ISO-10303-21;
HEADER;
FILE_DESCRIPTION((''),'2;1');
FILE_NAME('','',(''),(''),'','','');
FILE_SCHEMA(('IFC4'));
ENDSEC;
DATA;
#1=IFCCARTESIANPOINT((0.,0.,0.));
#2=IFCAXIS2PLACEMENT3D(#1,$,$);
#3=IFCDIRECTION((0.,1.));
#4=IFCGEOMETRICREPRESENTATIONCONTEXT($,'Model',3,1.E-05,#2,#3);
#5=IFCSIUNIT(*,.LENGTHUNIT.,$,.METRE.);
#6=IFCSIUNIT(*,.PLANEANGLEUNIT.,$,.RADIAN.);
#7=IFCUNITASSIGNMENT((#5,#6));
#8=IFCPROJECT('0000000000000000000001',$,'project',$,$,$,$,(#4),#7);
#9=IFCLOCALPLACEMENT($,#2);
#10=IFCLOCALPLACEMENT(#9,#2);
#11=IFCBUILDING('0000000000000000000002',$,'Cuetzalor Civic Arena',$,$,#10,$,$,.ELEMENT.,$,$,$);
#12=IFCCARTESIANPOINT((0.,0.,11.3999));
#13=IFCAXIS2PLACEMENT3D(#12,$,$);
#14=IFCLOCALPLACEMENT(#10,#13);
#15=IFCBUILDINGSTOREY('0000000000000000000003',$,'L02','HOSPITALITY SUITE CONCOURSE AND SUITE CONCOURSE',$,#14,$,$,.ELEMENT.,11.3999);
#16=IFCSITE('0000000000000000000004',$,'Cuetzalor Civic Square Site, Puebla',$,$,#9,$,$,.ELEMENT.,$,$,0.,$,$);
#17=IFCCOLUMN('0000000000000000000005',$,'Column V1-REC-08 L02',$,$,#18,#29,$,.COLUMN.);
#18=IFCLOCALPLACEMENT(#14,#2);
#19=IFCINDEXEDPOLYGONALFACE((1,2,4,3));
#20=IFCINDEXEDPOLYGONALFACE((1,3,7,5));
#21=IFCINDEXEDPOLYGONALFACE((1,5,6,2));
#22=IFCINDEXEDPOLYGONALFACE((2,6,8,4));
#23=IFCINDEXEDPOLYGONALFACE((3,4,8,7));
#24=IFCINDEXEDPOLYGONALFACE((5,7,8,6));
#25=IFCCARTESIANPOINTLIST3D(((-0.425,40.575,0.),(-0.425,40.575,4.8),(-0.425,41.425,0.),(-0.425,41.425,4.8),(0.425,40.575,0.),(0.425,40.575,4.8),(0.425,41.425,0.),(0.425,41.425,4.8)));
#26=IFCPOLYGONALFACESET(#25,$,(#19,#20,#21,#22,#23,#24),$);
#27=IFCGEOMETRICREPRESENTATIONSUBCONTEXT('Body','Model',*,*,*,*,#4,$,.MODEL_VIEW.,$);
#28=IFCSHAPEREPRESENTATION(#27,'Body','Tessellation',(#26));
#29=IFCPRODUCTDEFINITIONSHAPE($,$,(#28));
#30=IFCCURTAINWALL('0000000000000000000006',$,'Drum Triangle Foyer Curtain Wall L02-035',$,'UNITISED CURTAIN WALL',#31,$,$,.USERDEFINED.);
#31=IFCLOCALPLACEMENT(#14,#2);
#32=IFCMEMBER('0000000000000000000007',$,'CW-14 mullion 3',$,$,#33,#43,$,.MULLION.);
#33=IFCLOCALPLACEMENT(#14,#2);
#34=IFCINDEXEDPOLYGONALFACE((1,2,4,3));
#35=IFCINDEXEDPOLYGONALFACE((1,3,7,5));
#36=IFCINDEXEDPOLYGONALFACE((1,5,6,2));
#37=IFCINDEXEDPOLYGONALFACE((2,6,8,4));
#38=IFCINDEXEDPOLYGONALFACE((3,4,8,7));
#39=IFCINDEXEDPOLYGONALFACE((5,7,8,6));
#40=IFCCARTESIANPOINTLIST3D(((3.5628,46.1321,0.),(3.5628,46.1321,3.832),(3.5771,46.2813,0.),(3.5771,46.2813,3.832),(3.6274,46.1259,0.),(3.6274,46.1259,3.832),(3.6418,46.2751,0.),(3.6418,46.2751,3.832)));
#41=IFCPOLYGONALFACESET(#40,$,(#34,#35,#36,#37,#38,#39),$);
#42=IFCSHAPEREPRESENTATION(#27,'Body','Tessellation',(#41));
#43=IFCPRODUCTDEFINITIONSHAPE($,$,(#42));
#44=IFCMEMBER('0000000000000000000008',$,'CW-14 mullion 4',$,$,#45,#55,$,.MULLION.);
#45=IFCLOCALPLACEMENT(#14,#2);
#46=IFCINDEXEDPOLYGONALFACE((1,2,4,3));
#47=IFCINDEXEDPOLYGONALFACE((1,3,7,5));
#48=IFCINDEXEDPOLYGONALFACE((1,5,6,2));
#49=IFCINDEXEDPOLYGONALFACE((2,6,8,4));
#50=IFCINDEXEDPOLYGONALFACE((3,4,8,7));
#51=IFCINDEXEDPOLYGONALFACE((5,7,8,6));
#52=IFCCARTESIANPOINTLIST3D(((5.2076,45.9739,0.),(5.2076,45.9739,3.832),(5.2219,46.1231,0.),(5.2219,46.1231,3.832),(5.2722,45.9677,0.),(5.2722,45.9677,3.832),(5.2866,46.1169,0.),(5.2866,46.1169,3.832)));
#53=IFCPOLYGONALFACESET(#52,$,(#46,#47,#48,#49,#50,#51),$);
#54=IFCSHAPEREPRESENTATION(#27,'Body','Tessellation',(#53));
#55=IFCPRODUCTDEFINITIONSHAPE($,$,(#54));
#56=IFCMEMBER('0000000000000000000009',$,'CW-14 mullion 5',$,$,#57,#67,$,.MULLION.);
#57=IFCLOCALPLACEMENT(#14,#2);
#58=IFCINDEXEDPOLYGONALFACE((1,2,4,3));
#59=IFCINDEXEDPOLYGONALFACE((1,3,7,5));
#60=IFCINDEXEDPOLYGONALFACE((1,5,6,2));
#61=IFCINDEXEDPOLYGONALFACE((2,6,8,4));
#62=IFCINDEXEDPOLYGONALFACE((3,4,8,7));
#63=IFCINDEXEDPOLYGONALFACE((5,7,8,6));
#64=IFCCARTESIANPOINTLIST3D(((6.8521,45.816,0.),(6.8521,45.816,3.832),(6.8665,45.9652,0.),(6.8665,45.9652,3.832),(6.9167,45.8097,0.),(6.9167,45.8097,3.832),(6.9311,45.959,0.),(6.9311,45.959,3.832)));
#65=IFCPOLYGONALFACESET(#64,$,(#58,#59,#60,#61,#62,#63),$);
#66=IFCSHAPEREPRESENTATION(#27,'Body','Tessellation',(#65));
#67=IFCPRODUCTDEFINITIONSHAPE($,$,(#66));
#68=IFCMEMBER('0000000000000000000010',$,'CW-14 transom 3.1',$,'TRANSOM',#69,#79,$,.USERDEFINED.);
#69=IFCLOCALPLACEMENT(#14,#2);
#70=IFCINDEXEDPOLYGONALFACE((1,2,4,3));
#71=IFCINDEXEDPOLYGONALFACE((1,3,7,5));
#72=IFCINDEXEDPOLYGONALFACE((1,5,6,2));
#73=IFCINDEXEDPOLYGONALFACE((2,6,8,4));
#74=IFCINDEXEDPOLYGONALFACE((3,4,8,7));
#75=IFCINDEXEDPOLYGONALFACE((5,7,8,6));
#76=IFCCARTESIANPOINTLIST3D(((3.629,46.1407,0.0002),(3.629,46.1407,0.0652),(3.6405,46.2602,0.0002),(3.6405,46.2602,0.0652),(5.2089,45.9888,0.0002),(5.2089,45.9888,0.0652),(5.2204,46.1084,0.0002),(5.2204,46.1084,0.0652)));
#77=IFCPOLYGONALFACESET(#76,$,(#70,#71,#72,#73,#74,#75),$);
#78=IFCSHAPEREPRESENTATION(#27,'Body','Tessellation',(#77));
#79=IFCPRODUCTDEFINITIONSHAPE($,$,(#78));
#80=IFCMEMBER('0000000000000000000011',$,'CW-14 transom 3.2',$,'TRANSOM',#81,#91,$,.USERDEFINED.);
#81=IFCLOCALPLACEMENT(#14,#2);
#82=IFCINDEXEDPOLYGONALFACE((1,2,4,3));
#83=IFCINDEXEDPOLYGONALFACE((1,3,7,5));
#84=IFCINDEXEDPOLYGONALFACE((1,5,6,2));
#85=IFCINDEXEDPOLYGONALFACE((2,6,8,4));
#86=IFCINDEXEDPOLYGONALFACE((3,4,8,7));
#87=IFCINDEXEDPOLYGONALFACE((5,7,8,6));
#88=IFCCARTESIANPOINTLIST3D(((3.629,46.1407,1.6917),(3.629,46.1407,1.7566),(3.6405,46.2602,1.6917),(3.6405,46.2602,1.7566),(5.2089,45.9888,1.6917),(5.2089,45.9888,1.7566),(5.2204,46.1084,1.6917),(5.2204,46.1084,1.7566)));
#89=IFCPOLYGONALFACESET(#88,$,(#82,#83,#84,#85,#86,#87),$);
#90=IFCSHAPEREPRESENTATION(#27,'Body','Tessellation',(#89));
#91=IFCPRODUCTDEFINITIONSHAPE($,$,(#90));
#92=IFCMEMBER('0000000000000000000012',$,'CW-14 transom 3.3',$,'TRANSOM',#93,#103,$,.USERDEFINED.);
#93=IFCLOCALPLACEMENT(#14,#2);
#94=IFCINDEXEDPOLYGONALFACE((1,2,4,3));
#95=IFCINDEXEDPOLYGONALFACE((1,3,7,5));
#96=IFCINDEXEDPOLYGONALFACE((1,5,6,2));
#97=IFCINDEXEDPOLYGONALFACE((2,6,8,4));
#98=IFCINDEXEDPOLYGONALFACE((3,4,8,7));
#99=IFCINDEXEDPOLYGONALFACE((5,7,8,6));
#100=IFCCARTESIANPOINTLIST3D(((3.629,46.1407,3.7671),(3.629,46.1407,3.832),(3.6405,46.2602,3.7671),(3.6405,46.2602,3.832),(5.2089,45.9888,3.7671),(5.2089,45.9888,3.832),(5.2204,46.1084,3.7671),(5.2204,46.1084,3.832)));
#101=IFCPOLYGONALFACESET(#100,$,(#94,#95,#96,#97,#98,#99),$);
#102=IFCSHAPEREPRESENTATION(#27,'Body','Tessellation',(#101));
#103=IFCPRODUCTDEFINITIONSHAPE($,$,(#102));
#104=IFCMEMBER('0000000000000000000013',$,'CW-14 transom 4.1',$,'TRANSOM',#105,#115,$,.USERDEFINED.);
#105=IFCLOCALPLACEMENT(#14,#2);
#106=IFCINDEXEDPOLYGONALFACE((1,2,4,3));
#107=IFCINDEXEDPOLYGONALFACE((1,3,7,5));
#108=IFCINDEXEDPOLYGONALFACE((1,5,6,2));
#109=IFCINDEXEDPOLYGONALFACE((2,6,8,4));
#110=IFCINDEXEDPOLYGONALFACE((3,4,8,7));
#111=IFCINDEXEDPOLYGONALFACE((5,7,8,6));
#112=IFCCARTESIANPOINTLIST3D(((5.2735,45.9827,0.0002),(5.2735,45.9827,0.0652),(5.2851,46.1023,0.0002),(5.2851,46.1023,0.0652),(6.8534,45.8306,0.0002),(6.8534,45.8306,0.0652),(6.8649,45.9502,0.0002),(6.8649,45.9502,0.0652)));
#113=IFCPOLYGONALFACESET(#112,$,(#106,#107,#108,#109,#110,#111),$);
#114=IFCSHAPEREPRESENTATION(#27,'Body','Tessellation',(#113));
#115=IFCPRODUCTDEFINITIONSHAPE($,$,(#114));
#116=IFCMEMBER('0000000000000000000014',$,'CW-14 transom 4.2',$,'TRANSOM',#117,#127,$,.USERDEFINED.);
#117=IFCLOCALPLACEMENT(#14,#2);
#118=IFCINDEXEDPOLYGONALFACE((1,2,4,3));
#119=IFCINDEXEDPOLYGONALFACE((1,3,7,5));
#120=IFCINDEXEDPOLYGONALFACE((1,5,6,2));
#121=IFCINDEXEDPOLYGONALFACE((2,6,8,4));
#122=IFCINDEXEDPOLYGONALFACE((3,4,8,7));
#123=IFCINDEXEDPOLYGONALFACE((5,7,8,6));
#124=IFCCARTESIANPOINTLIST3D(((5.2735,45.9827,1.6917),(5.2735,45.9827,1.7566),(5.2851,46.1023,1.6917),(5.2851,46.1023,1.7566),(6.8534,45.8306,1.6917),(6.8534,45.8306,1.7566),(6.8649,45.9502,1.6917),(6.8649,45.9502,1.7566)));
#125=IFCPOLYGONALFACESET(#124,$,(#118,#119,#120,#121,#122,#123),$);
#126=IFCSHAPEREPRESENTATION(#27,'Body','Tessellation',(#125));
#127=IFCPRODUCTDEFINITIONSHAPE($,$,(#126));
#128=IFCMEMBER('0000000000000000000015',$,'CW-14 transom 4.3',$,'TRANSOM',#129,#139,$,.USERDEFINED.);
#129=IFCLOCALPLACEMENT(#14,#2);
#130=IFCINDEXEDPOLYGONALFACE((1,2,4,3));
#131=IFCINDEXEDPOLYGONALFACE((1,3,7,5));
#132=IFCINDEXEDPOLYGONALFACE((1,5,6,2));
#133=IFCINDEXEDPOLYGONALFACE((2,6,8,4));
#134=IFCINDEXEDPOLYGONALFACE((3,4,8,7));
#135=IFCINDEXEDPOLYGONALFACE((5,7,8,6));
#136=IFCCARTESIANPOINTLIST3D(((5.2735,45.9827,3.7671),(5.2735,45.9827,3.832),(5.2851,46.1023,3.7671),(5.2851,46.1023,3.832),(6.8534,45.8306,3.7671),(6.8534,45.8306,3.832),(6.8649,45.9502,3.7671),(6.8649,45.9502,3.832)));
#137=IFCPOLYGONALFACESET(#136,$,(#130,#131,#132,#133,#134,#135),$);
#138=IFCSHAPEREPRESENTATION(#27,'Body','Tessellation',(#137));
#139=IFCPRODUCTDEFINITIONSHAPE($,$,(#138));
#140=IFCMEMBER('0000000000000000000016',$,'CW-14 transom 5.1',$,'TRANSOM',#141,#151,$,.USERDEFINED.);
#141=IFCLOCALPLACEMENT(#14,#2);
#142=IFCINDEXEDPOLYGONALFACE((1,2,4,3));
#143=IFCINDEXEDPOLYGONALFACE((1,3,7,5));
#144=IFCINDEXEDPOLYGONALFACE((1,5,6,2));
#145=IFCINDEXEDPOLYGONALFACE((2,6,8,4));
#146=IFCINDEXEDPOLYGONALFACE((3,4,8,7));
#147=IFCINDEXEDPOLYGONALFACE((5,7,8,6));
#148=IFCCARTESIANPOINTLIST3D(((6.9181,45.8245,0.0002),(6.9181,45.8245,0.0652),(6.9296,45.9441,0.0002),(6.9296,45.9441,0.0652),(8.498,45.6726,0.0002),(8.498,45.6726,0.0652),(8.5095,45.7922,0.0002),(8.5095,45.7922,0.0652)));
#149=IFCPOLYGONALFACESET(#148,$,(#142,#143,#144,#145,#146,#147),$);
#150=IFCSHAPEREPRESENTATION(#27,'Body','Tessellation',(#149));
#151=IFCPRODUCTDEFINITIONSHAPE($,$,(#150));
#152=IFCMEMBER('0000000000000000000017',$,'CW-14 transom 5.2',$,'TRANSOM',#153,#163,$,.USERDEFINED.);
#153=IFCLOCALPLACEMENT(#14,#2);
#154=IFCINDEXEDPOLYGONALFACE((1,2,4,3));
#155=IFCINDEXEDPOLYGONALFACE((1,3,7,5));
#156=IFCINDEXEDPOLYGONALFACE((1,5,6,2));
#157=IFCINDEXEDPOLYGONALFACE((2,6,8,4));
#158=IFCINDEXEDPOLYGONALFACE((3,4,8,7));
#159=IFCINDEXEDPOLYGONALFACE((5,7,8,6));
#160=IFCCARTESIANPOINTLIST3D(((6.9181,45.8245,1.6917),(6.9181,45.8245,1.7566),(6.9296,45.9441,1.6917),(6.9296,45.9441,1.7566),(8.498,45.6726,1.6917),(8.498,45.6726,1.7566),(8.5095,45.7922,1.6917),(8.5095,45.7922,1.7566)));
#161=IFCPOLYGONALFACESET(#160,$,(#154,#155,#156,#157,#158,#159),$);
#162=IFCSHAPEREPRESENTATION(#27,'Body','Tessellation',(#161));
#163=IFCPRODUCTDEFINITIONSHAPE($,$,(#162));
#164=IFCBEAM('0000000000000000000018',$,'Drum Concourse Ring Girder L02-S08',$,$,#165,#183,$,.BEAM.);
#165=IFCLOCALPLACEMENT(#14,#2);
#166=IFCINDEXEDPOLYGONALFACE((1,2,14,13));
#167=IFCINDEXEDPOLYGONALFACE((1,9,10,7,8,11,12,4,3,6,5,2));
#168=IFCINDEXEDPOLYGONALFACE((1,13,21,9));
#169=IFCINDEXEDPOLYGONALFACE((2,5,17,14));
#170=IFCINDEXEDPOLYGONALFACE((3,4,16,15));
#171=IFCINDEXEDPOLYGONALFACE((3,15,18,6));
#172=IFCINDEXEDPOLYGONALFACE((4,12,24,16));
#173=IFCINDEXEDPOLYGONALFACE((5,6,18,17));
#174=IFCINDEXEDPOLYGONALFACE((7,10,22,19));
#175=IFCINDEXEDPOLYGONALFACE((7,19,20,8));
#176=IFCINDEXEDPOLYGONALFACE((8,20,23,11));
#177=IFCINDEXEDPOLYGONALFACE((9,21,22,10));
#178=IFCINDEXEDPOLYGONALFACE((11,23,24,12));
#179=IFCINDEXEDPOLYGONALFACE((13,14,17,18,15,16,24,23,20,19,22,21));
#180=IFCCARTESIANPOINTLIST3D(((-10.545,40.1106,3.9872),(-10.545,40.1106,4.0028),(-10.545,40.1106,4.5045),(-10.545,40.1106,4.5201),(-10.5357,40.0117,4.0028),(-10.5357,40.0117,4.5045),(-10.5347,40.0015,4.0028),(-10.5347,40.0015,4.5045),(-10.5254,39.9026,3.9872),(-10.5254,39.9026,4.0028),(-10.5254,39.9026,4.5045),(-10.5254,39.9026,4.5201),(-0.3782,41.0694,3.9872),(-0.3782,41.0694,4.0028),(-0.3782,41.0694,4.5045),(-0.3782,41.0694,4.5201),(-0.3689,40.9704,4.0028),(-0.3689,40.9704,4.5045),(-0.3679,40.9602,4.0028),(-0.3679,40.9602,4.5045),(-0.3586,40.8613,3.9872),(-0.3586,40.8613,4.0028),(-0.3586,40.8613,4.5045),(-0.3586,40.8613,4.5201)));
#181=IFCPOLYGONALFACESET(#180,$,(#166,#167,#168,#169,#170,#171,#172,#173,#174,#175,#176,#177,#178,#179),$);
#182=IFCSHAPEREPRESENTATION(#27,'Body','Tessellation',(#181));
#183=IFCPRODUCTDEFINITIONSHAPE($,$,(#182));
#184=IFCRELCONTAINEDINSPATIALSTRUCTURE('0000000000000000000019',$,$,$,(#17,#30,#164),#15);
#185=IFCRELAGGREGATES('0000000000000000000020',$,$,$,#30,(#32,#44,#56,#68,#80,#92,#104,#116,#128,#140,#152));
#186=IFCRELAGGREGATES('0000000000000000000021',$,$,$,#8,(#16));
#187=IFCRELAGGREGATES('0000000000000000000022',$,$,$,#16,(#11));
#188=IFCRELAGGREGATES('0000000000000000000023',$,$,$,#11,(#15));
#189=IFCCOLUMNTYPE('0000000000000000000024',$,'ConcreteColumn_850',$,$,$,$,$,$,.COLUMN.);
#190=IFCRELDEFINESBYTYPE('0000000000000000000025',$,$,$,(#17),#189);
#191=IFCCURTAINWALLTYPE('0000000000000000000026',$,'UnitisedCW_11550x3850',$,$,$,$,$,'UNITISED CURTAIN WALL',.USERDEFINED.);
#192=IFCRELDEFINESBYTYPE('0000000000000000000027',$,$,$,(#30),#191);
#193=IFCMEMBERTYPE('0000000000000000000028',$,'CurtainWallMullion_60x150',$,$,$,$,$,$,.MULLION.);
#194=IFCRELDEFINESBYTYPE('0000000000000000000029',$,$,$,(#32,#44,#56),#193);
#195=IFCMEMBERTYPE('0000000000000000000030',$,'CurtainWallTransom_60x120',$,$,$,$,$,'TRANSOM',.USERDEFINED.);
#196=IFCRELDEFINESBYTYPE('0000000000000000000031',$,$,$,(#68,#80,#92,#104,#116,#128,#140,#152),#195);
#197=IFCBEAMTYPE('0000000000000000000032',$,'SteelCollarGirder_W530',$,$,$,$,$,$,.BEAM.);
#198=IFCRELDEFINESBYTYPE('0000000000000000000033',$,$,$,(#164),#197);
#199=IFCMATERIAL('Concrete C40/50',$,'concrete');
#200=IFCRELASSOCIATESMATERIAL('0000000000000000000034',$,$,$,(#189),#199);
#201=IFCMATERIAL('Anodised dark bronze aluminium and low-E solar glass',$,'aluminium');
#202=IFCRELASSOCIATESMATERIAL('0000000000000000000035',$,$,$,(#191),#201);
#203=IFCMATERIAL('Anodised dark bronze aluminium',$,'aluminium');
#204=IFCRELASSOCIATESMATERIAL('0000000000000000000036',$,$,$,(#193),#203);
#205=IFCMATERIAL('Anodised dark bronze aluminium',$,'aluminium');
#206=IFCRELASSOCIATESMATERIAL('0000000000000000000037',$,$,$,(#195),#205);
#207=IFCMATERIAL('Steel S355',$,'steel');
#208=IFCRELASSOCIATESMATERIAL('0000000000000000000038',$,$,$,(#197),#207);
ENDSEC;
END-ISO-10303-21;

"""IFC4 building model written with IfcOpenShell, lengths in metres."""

from ifc_helpers import new_model, si_unit, direction, frame, origin, origin_2d, place, context, subcontext, project, spatial, rectangle, i_section, extrude, material, material_profile, profile_set, type_object, element, aggregate, save


model = new_model("IFC4")

# Units and contexts
model_context = context("Model", 3, precision=1e-05, world=origin(), true_north=direction((0.0, 1.0)))
body_context = subcontext(model_context, "Body", "Model", "MODEL_VIEW")
ifc_project = project(units=[si_unit("LENGTHUNIT", "METRE"), si_unit("PLANEANGLEUNIT", "RADIAN")], contexts=[model_context])

# Site, building, storey
site_placement = place(None, origin())
site = spatial("IfcSite", under=ifc_project, at=site_placement, Name="Cuetzalor Civic Square Site, Puebla", CompositionType="ELEMENT", RefElevation=0.0)
building_placement = place(site_placement, origin())
building = spatial("IfcBuilding", under=site, at=building_placement, Name="Cuetzalor Civic Arena", CompositionType="ELEMENT")
storey_placement = place(building_placement, frame((0.0, 0.0, 11.3999)))
storey = spatial("IfcBuildingStorey", under=building, at=storey_placement, Name="L02", Description="HOSPITALITY SUITE CONCOURSE AND SUITE CONCOURSE", CompositionType="ELEMENT", Elevation=11.3999)

# Column
ifc_material_1 = material(Name="Concrete C40/50", Category="concrete")
ifc_material_profile_1 = material_profile(ifc_material_1, rectangle(XDim=0.8501, YDim=0.8501, at=origin_2d()), Name="RC 850x850")
ifc_profile_set_1 = profile_set([ifc_material_profile_1], Name="Concrete C40/50")
column_type = type_object("IfcColumnType", Name="ConcreteColumn_850", PredefinedType="COLUMN", material=ifc_profile_set_1)
column_placement = place(storey_placement, frame((0.0, 41.0, 0.0), z_axis=(0.0, 0.0, 1.0), x_axis=(1.0, 0.0, 0.0)))
element("IfcColumn", 1, at=column_placement, inside=storey, type_object=column_type, Name="Column V1-REC-08 L02", PredefinedType="COLUMN", context=body_context, shape_type="SweptSolid", body=[
    extrude(rectangle(XDim=0.8501, YDim=0.8501, at=origin_2d()), origin(), (0.0, 0.0, 1.0), 4.8),
])

# Curtain wall, members
ifc_material_2 = material(Name="Anodised dark bronze aluminium and low-E solar glass", Category="aluminium")
curtain_wall_type = type_object("IfcCurtainWallType", Name="UnitisedCW_11550x3850", ElementType="UNITISED CURTAIN WALL", PredefinedType="USERDEFINED", material=ifc_material_2)
curtain_wall_placement = place(storey_placement, origin())
curtain_wall = element("IfcCurtainWall", 2, at=curtain_wall_placement, inside=storey, type_object=curtain_wall_type, Name="Drum Triangle Foyer Curtain Wall L02-035", ObjectType="UNITISED CURTAIN WALL", PredefinedType="USERDEFINED")
ifc_material_3 = material(Name="Anodised dark bronze aluminium", Category="aluminium")
ifc_material_profile_2 = material_profile(ifc_material_3, rectangle(XDim=0.0649, YDim=0.1499, at=origin_2d()), Name="ALU MULLION 65x150")
ifc_profile_set_2 = profile_set([ifc_material_profile_2], Name="Anodised dark bronze aluminium")
member_type_1 = type_object("IfcMemberType", Name="CurtainWallMullion_60x150", PredefinedType="MULLION", material=ifc_profile_set_2)
member_1_placement = place(storey_placement, frame((3.6023, 46.2036, 0.0), z_axis=(0.0, 0.0, 1.0), x_axis=(0.995409, -0.095711, 0.0)))
member_1 = element("IfcMember", 3, at=member_1_placement, type_object=member_type_1, Name="CW-14 mullion 3", PredefinedType="MULLION", context=body_context, shape_type="SweptSolid", body=[
    extrude(rectangle(XDim=0.0649, YDim=0.1499, at=origin_2d()), origin(), (0.0, 0.0, 1.0), 3.832),
])
member_2_placement = place(storey_placement, frame((5.2471, 46.0454, 0.0), z_axis=(0.0, 0.0, 1.0), x_axis=(0.995409, -0.095711, 0.0)))
member_2 = element("IfcMember", 4, at=member_2_placement, type_object=member_type_1, Name="CW-14 mullion 4", PredefinedType="MULLION", context=body_context, shape_type="SweptSolid", body=[
    extrude(rectangle(XDim=0.0649, YDim=0.1499, at=origin_2d()), origin(), (0.0, 0.0, 1.0), 3.832),
])
member_3_placement = place(storey_placement, frame((6.8916, 45.8875, 0.0), z_axis=(0.0, 0.0, 1.0), x_axis=(0.995409, -0.095711, 0.0)))
member_3 = element("IfcMember", 5, at=member_3_placement, type_object=member_type_1, Name="CW-14 mullion 5", PredefinedType="MULLION", context=body_context, shape_type="SweptSolid", body=[
    extrude(rectangle(XDim=0.0649, YDim=0.1499, at=origin_2d()), origin(), (0.0, 0.0, 1.0), 3.832),
])
ifc_material_4 = material(Name="Anodised dark bronze aluminium", Category="aluminium")
ifc_material_profile_3 = material_profile(ifc_material_4, rectangle(XDim=0.1201, YDim=0.0649, at=origin_2d()), Name="ALU TRANSOM 65x120")
ifc_profile_set_3 = profile_set([ifc_material_profile_3], Name="Anodised dark bronze aluminium")
member_type_2 = type_object("IfcMemberType", Name="CurtainWallTransom_60x120", ElementType="TRANSOM", PredefinedType="USERDEFINED", material=ifc_profile_set_3)
member_4_placement = place(storey_placement, frame((3.6348, 46.2004, 0.0327), z_axis=(0.995412, -0.09568, 0.0), x_axis=(0.09568, 0.995412, 0.0)))
member_4 = element("IfcMember", 6, at=member_4_placement, type_object=member_type_2, Name="CW-14 transom 3.1", ObjectType="TRANSOM", PredefinedType="USERDEFINED", context=body_context, shape_type="SweptSolid", body=[
    extrude(rectangle(XDim=0.1201, YDim=0.0649, at=origin_2d()), origin(), (0.0, 0.0, 1.0), 1.5872),
])
member_5_placement = place(storey_placement, frame((3.6348, 46.2004, 1.7241), z_axis=(0.995412, -0.09568, 0.0), x_axis=(0.09568, 0.995412, 0.0)))
member_5 = element("IfcMember", 7, at=member_5_placement, type_object=member_type_2, Name="CW-14 transom 3.2", ObjectType="TRANSOM", PredefinedType="USERDEFINED", context=body_context, shape_type="SweptSolid", body=[
    extrude(rectangle(XDim=0.1201, YDim=0.0649, at=origin_2d()), origin(), (0.0, 0.0, 1.0), 1.5872),
])
member_6_placement = place(storey_placement, frame((3.6348, 46.2004, 3.7996), z_axis=(0.995412, -0.09568, 0.0), x_axis=(0.09568, 0.995412, 0.0)))
member_6 = element("IfcMember", 8, at=member_6_placement, type_object=member_type_2, Name="CW-14 transom 3.3", ObjectType="TRANSOM", PredefinedType="USERDEFINED", context=body_context, shape_type="SweptSolid", body=[
    extrude(rectangle(XDim=0.1201, YDim=0.0649, at=origin_2d()), origin(), (0.0, 0.0, 1.0), 1.5872),
])
member_7_placement = place(storey_placement, frame((5.2793, 46.0425, 0.0327), z_axis=(0.995397, -0.095833, 0.0), x_axis=(0.095833, 0.995397, 0.0)))
member_7 = element("IfcMember", 9, at=member_7_placement, type_object=member_type_2, Name="CW-14 transom 4.1", ObjectType="TRANSOM", PredefinedType="USERDEFINED", context=body_context, shape_type="SweptSolid", body=[
    extrude(rectangle(XDim=0.1201, YDim=0.0649, at=origin_2d()), origin(), (0.0, 0.0, 1.0), 1.5872),
])
member_8_placement = place(storey_placement, frame((5.2793, 46.0425, 1.7241), z_axis=(0.995397, -0.095833, 0.0), x_axis=(0.095833, 0.995397, 0.0)))
member_8 = element("IfcMember", 10, at=member_8_placement, type_object=member_type_2, Name="CW-14 transom 4.2", ObjectType="TRANSOM", PredefinedType="USERDEFINED", context=body_context, shape_type="SweptSolid", body=[
    extrude(rectangle(XDim=0.1201, YDim=0.0649, at=origin_2d()), origin(), (0.0, 0.0, 1.0), 1.5872),
])
member_9_placement = place(storey_placement, frame((5.2793, 46.0425, 3.7996), z_axis=(0.995397, -0.095833, 0.0), x_axis=(0.095833, 0.995397, 0.0)))
member_9 = element("IfcMember", 11, at=member_9_placement, type_object=member_type_2, Name="CW-14 transom 4.3", ObjectType="TRANSOM", PredefinedType="USERDEFINED", context=body_context, shape_type="SweptSolid", body=[
    extrude(rectangle(XDim=0.1201, YDim=0.0649, at=origin_2d()), origin(), (0.0, 0.0, 1.0), 1.5872),
])
member_10_placement = place(storey_placement, frame((6.9238, 45.8843, 0.0327), z_axis=(0.995412, -0.09568, 0.0), x_axis=(0.09568, 0.995412, 0.0)))
member_10 = element("IfcMember", 12, at=member_10_placement, type_object=member_type_2, Name="CW-14 transom 5.1", ObjectType="TRANSOM", PredefinedType="USERDEFINED", context=body_context, shape_type="SweptSolid", body=[
    extrude(rectangle(XDim=0.1201, YDim=0.0649, at=origin_2d()), origin(), (0.0, 0.0, 1.0), 1.5872),
])
member_11_placement = place(storey_placement, frame((6.9238, 45.8843, 1.7241), z_axis=(0.995412, -0.09568, 0.0), x_axis=(0.09568, 0.995412, 0.0)))
member_11 = element("IfcMember", 13, at=member_11_placement, type_object=member_type_2, Name="CW-14 transom 5.2", ObjectType="TRANSOM", PredefinedType="USERDEFINED", context=body_context, shape_type="SweptSolid", body=[
    extrude(rectangle(XDim=0.1201, YDim=0.0649, at=origin_2d()), origin(), (0.0, 0.0, 1.0), 1.5872),
])

# Beam
ifc_material_5 = material(Name="Steel S355", Category="steel")
ifc_material_profile_4 = material_profile(ifc_material_5, i_section(OverallWidth=0.209, OverallDepth=0.533, WebThickness=0.0103, FlangeThickness=0.0156, at=origin_2d()), Name="W530x92")
ifc_profile_set_4 = profile_set([ifc_material_profile_4], Name="Steel S355")
beam_type_1 = type_object("IfcBeamType", Name="SteelCollarGirder_W530", PredefinedType="BEAM", material=ifc_profile_set_4)
beam_1_placement = place(storey_placement, frame((-0.3684, 40.9653, 4.2537), z_axis=(-0.995583, -0.093885, 0.0), x_axis=(0.093885, -0.995583, 0.0)))
element("IfcBeam", 14, at=beam_1_placement, inside=storey, type_object=beam_type_1, Name="Drum Concourse Ring Girder L02-S08", PredefinedType="BEAM", context=body_context, shape_type="SweptSolid", body=[
    extrude(i_section(OverallWidth=0.209, OverallDepth=0.533, WebThickness=0.0103, FlangeThickness=0.0156, at=origin_2d()), origin(), (0.0, 0.0, 1.0), 10.2119),
])

aggregate(curtain_wall, [member_1, member_2, member_3, member_4, member_5, member_6, member_7, member_8, member_9, member_10, member_11])

save(model, "model.ifc")
